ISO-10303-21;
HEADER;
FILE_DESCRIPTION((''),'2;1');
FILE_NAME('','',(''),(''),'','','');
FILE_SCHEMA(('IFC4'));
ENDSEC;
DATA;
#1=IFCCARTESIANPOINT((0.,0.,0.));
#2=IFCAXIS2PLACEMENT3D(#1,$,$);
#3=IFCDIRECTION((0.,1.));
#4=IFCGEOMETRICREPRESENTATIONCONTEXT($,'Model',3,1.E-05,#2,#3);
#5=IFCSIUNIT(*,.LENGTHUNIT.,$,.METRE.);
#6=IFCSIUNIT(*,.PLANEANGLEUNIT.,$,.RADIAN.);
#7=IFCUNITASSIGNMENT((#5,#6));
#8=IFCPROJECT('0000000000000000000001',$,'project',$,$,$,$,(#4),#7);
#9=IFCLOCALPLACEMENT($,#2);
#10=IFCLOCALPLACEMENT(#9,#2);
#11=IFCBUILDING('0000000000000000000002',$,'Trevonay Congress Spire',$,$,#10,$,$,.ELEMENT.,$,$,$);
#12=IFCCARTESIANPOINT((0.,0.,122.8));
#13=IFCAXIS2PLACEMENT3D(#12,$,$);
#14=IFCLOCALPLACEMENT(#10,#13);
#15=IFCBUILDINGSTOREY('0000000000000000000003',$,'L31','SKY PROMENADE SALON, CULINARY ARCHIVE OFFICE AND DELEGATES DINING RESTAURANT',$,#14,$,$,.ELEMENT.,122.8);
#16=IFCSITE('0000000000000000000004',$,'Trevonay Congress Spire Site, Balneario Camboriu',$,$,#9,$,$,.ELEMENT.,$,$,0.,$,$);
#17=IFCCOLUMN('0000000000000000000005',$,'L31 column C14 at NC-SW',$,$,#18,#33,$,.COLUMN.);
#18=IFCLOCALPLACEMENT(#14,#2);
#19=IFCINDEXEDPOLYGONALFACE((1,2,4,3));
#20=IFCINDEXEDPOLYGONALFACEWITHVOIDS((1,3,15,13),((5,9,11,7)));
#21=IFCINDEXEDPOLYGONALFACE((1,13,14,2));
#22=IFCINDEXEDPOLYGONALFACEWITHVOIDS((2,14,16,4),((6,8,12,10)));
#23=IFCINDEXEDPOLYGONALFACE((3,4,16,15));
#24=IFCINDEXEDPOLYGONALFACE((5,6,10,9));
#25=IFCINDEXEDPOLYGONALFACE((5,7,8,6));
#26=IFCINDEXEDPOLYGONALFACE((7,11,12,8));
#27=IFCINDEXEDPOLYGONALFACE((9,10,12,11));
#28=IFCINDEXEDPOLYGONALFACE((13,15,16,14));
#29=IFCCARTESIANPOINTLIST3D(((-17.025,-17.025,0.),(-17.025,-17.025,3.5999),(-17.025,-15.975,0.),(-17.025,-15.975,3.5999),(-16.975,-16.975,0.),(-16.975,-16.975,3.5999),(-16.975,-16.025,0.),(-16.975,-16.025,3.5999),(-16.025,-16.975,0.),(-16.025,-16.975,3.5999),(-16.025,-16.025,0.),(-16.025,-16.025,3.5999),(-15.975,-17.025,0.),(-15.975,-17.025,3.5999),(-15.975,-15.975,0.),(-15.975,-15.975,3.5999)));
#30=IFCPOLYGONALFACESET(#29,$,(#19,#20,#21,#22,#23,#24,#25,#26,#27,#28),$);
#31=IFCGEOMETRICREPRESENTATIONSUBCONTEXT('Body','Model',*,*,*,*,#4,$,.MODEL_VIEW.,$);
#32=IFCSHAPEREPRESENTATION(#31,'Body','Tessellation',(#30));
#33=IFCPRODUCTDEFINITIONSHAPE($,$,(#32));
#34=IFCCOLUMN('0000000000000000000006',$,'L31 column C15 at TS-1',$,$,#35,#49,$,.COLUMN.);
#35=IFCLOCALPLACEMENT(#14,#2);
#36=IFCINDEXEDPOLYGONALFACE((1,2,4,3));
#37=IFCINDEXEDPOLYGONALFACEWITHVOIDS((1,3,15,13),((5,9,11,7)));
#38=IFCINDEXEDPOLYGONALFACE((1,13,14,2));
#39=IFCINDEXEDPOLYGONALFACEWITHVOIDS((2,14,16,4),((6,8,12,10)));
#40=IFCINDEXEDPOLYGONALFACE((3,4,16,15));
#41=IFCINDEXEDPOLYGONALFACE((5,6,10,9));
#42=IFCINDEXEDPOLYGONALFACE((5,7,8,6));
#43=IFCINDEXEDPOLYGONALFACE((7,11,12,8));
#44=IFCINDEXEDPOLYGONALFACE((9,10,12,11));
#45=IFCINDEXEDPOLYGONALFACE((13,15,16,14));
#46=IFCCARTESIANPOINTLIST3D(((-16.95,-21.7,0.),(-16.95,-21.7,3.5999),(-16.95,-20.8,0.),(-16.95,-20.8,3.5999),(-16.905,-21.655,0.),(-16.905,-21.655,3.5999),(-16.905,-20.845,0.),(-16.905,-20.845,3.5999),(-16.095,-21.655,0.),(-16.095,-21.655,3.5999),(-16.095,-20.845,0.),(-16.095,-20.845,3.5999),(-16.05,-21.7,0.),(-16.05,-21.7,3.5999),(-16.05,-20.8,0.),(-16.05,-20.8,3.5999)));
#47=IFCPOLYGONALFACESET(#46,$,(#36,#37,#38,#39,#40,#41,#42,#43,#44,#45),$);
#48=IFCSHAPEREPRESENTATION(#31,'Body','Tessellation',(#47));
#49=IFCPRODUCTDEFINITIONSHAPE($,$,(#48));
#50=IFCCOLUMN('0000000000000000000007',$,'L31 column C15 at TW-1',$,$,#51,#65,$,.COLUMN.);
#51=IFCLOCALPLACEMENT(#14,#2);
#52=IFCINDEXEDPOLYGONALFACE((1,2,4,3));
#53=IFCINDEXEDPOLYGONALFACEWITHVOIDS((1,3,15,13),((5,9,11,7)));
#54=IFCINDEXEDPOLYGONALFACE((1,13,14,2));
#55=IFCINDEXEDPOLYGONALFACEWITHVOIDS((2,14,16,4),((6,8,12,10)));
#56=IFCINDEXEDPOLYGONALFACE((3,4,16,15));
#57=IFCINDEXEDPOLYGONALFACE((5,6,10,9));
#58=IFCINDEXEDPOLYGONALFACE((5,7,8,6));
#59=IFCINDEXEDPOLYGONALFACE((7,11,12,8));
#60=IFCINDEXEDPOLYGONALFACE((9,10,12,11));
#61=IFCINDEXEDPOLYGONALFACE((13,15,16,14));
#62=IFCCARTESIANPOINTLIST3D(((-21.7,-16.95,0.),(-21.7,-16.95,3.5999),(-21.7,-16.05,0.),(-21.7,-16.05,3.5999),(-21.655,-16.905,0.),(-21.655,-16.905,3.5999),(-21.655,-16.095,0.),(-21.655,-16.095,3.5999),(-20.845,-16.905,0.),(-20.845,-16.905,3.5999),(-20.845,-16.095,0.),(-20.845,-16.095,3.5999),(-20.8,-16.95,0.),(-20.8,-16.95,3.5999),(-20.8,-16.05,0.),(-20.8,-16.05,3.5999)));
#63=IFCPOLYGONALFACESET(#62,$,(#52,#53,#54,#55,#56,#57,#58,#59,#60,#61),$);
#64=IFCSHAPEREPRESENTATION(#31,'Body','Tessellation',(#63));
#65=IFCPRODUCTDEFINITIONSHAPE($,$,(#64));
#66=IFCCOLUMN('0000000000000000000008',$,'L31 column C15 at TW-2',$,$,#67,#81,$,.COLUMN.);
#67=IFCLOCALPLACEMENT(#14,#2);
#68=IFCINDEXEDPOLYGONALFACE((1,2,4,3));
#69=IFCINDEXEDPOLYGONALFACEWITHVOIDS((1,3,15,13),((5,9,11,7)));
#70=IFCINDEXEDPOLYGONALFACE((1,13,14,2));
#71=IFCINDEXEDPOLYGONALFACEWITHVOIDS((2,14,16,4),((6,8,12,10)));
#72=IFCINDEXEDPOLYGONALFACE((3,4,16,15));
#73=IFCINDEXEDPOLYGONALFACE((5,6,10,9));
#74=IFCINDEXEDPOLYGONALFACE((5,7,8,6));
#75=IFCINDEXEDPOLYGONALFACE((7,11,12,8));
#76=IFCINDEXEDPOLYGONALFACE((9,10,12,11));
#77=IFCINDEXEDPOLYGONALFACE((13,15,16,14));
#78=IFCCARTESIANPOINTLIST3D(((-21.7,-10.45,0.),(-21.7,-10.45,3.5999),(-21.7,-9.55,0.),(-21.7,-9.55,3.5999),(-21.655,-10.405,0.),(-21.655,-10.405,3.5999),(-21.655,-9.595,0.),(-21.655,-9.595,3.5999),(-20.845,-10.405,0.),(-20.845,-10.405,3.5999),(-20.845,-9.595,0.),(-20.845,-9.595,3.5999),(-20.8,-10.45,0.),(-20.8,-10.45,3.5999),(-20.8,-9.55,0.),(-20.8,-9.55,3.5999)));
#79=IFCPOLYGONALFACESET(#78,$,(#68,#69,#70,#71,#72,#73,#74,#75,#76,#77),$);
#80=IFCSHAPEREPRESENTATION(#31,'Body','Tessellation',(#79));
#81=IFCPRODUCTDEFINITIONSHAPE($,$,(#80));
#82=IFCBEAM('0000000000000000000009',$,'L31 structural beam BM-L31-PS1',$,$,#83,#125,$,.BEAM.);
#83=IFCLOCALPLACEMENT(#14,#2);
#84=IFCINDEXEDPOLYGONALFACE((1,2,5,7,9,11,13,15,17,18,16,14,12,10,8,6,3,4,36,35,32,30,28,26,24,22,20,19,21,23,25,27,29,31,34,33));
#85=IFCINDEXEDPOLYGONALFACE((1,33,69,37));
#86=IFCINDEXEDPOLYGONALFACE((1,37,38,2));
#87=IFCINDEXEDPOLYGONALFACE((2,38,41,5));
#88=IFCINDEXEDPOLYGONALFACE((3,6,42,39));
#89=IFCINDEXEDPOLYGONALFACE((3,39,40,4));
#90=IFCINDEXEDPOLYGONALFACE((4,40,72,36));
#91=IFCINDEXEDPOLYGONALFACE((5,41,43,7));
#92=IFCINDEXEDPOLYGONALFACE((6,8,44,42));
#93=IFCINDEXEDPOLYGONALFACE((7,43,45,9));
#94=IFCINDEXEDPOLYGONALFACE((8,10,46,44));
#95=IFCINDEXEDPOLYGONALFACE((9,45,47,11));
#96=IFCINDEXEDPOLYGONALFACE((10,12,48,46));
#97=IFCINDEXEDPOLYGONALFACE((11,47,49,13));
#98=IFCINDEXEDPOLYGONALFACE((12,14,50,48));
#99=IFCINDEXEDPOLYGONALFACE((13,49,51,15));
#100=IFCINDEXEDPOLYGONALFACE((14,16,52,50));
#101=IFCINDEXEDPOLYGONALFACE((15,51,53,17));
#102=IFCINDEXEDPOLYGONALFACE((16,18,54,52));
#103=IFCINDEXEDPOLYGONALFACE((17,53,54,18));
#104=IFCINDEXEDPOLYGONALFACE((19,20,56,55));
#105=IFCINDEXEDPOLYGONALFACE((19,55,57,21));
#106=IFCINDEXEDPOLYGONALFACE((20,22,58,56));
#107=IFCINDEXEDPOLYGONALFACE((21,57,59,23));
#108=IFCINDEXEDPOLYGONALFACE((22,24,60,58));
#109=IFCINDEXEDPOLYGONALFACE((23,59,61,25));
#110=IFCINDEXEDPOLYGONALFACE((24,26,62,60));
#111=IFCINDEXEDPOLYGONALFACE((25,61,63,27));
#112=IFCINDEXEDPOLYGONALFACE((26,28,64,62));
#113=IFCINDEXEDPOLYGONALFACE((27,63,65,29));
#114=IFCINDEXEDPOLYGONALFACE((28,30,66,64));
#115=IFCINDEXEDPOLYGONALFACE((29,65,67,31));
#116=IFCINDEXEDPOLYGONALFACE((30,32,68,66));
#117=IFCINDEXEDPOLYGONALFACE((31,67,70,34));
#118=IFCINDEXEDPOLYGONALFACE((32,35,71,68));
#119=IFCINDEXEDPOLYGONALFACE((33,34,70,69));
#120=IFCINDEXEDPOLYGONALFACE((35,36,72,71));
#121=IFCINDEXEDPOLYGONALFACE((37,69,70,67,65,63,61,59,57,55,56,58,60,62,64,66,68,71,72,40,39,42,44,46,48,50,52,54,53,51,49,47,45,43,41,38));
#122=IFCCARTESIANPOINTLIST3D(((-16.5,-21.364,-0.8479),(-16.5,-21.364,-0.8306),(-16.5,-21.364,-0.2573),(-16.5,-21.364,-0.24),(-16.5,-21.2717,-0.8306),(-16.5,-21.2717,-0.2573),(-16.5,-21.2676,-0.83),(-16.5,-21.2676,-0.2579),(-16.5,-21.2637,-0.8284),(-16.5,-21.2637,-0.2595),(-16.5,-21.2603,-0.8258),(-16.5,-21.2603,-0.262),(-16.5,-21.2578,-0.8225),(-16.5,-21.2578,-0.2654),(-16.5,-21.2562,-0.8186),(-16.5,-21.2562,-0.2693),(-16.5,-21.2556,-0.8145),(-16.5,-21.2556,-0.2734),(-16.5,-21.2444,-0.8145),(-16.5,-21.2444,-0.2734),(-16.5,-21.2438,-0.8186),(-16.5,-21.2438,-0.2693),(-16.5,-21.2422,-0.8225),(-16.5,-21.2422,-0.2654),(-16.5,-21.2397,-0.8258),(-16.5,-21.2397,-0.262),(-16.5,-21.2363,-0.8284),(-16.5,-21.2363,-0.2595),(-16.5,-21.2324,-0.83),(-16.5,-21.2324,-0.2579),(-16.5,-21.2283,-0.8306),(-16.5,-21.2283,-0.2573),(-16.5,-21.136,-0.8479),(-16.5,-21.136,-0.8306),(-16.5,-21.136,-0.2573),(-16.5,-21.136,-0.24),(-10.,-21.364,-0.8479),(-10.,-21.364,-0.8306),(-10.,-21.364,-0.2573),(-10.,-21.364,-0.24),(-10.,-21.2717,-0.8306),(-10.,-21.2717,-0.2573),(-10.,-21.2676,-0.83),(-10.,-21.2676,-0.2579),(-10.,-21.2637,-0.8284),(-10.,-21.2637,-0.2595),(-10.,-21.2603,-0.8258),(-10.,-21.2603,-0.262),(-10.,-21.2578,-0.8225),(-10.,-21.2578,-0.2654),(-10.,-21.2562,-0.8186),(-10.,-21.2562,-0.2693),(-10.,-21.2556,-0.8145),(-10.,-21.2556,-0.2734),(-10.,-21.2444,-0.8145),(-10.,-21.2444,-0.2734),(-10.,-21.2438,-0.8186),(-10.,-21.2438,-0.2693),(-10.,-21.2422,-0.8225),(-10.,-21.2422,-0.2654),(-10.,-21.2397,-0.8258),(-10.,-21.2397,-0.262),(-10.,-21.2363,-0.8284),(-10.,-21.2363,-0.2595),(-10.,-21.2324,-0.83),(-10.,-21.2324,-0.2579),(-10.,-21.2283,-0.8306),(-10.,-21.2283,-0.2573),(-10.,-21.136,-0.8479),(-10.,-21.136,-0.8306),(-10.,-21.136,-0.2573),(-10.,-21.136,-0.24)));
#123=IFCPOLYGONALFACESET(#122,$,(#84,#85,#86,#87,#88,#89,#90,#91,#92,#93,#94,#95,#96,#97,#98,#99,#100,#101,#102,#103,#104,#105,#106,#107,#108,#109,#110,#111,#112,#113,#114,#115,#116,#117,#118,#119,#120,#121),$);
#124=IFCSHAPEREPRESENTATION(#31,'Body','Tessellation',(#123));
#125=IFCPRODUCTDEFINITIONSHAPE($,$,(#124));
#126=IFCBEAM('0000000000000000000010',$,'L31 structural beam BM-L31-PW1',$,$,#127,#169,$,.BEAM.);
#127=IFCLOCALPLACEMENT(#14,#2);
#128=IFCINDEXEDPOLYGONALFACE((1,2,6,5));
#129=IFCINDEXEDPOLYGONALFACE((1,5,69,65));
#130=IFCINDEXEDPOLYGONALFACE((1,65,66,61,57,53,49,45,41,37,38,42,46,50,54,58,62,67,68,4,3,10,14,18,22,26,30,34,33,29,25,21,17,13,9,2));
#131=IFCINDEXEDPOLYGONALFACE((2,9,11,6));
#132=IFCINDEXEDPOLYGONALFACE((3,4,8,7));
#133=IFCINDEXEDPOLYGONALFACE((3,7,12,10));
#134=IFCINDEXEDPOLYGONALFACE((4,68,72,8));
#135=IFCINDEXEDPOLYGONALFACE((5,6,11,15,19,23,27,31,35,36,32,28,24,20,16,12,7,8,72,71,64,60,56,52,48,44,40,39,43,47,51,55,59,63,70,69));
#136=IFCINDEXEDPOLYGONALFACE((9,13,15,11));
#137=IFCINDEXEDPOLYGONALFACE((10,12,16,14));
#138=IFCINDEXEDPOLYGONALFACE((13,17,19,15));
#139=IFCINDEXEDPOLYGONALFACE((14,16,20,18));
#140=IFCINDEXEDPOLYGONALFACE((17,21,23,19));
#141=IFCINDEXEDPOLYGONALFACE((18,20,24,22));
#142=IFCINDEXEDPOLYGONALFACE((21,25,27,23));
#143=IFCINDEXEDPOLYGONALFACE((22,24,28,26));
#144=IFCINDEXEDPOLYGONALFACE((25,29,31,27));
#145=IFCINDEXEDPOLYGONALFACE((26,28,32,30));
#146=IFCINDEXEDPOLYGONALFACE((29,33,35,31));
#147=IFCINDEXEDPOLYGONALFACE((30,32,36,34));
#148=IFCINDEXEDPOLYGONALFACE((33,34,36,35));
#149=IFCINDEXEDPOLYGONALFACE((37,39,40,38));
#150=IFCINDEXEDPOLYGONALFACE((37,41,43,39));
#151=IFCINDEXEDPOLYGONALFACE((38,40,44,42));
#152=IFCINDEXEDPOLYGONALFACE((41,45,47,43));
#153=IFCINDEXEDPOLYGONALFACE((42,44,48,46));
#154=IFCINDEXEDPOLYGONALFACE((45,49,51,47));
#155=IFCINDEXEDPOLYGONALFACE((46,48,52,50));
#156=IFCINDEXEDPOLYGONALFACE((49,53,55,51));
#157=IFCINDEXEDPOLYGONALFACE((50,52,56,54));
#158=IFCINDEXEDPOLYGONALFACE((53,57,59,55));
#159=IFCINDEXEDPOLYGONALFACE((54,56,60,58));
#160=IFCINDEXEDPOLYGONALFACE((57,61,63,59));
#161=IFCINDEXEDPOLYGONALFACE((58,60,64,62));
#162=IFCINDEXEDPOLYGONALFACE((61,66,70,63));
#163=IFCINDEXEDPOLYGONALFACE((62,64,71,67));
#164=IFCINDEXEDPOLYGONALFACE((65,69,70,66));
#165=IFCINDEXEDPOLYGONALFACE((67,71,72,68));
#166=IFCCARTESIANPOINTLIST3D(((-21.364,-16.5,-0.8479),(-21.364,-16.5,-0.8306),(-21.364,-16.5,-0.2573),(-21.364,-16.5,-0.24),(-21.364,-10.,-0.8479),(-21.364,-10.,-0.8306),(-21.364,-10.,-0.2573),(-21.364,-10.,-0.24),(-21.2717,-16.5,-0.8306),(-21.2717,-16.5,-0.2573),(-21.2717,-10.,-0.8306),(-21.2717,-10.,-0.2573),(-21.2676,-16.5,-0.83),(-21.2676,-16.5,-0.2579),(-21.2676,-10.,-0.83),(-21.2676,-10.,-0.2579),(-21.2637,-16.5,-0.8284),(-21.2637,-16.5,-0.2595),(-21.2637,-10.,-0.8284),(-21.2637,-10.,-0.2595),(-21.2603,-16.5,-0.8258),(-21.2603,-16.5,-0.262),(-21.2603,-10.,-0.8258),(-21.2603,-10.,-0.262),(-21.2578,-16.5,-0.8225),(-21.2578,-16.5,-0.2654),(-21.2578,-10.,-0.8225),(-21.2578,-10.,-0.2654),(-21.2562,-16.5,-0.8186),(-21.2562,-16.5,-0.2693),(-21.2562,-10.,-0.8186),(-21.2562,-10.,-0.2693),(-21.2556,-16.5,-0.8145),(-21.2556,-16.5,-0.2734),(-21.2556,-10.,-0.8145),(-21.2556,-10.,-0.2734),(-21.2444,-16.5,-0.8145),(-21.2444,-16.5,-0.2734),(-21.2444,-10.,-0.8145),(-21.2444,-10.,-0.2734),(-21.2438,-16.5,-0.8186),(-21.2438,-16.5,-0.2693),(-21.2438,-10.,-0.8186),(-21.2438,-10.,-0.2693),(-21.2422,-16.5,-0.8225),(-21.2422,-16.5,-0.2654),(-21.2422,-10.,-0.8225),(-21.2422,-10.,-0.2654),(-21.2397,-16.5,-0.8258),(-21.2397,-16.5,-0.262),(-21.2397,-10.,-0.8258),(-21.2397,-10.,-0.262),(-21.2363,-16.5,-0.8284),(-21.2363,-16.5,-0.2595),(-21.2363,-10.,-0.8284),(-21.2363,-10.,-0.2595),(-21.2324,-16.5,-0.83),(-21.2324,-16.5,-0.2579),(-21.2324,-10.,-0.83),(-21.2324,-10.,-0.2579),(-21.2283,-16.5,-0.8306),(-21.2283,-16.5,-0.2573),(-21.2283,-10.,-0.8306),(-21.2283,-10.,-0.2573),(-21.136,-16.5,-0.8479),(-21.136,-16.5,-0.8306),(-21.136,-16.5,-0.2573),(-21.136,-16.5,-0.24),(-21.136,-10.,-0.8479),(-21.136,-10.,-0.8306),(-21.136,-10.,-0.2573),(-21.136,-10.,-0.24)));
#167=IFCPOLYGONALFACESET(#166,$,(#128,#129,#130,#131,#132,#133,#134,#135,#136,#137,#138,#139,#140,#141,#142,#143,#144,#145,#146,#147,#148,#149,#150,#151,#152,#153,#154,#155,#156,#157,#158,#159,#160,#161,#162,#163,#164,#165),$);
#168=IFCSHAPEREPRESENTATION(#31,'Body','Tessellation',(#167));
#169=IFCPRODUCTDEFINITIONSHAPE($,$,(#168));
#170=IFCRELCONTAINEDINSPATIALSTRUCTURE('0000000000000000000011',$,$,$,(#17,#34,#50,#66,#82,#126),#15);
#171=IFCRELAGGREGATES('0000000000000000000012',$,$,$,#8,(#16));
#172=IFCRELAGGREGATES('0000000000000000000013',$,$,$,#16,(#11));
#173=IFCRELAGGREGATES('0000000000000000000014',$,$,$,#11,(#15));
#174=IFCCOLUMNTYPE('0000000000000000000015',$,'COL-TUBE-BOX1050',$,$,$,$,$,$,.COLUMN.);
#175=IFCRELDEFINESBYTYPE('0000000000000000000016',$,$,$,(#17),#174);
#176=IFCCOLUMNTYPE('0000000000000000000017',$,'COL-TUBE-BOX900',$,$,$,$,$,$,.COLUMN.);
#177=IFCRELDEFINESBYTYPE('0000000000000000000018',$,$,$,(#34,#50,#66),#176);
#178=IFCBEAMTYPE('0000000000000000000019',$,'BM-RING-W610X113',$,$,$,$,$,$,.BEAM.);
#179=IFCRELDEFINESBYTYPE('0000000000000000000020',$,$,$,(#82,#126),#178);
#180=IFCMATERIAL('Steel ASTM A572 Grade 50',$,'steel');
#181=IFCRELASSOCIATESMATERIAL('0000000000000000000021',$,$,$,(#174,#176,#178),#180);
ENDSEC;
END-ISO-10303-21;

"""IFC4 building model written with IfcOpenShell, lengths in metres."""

from ifc_helpers import new_model, si_unit, direction, frame, origin, origin_2d, place, context, subcontext, project, spatial, hollow_rectangle, i_section, extrude, material, material_profile, profile_set, type_object, element, save


model = new_model("IFC4")

# Units and contexts
model_context = context("Model", 3, precision=1e-05, world=origin(), true_north=direction((0.0, 1.0)))
body_context = subcontext(model_context, "Body", "Model", "MODEL_VIEW")
ifc_project = project(units=[si_unit("LENGTHUNIT", "METRE"), si_unit("PLANEANGLEUNIT", "RADIAN")], contexts=[model_context])

# Site, building, storey
site_placement = place(None, origin())
site = spatial("IfcSite", under=ifc_project, at=site_placement, Name="Trevonay Congress Spire Site, Balneario Camboriu", CompositionType="ELEMENT", RefElevation=0.0)
building_placement = place(site_placement, origin())
building = spatial("IfcBuilding", under=site, at=building_placement, Name="Trevonay Congress Spire", CompositionType="ELEMENT")
storey_placement = place(building_placement, frame((0.0, 0.0, 122.8)))
storey = spatial("IfcBuildingStorey", under=building, at=storey_placement, Name="L31", Description="SKY PROMENADE SALON, CULINARY ARCHIVE OFFICE AND DELEGATES DINING RESTAURANT", CompositionType="ELEMENT", Elevation=122.8)

# Columns
ifc_material_1 = material(Name="Steel ASTM A572 Grade 50", Category="steel")
ifc_material_profile_1 = material_profile(ifc_material_1, hollow_rectangle(XDim=1.05, YDim=1.05, WallThickness=0.05, at=origin_2d()), Name="BOX 1050x1050x50")
ifc_profile_set_1 = profile_set([ifc_material_profile_1], Name="Steel ASTM A572 Grade 50")
column_type_1 = type_object("IfcColumnType", Name="COL-TUBE-BOX1050", PredefinedType="COLUMN", material=ifc_profile_set_1)
column_placement = place(storey_placement, frame((-16.5, -16.5, 0.0), z_axis=(0.0, 0.0, 1.0), x_axis=(1.0, 0.0, 0.0)))
element("IfcColumn", 1, at=column_placement, inside=storey, type_object=column_type_1, Name="L31 column C14 at NC-SW", PredefinedType="COLUMN", context=body_context, shape_type="SweptSolid", body=[
    extrude(hollow_rectangle(XDim=1.05, YDim=1.05, WallThickness=0.05, at=origin_2d()), origin(), (0.0, 0.0, 1.0), 3.5999),
])
ifc_material_profile_2 = material_profile(ifc_material_1, hollow_rectangle(XDim=0.8999, YDim=0.8999, WallThickness=0.0449, at=origin_2d()), Name="BOX 900x900x45")
ifc_profile_set_2 = profile_set([ifc_material_profile_2], Name="Steel ASTM A572 Grade 50")
column_type_2 = type_object("IfcColumnType", Name="COL-TUBE-BOX900", PredefinedType="COLUMN", material=ifc_profile_set_2)
for number, where, z_axis, x_axis, name in (
    (2, (-16.5, -21.25, 0.0), (0.0, 0.0, 1.0), (1.0, 0.0, 0.0), "L31 column C15 at TS-1"),
    (3, (-21.25, -16.5, 0.0), (0.0, 0.0, 1.0), (1.0, 0.0, 0.0), "L31 column C15 at TW-1"),
    (4, (-21.25, -10.0, 0.0), (0.0, 0.0, 1.0), (1.0, 0.0, 0.0), "L31 column C15 at TW-2"),
):
    element("IfcColumn", number, at=place(storey_placement, frame(where, z_axis=z_axis, x_axis=x_axis)), inside=storey, type_object=column_type_2, Name=name, PredefinedType="COLUMN", context=body_context, shape_type="SweptSolid", body=[
        extrude(hollow_rectangle(XDim=0.8999, YDim=0.8999, WallThickness=0.0449, at=origin_2d()), origin(), (0.0, 0.0, 1.0), 3.5999),
    ])

# Beams
ifc_material_profile_3 = material_profile(ifc_material_1, i_section(OverallWidth=0.228, OverallDepth=0.6079, WebThickness=0.0112, FlangeThickness=0.0173, FilletRadius=0.0161, at=origin_2d()), Name="W610x113")
ifc_profile_set_3 = profile_set([ifc_material_profile_3], Name="Steel ASTM A572 Grade 50")
beam_type_1 = type_object("IfcBeamType", Name="BM-RING-W610X113", PredefinedType="BEAM", material=ifc_profile_set_3)
for number, where, z_axis, x_axis, name in (
    (5, (-16.5, -21.25, -0.5439), (1.0, 0.0, 0.0), (0.0, 1.0, 0.0), "L31 structural beam BM-L31-PS1"),
    (6, (-21.25, -16.5, -0.5439), (0.0, 1.0, 0.0), (-1.0, 0.0, 0.0), "L31 structural beam BM-L31-PW1"),
):
    element("IfcBeam", number, at=place(storey_placement, frame(where, z_axis=z_axis, x_axis=x_axis)), inside=storey, type_object=beam_type_1, Name=name, PredefinedType="BEAM", context=body_context, shape_type="SweptSolid", body=[
        extrude(i_section(OverallWidth=0.228, OverallDepth=0.6079, WebThickness=0.0112, FlangeThickness=0.0173, FilletRadius=0.0161, at=origin_2d()), origin(), (0.0, 0.0, 1.0), 6.5),
    ])

save(model, "model.ifc")
